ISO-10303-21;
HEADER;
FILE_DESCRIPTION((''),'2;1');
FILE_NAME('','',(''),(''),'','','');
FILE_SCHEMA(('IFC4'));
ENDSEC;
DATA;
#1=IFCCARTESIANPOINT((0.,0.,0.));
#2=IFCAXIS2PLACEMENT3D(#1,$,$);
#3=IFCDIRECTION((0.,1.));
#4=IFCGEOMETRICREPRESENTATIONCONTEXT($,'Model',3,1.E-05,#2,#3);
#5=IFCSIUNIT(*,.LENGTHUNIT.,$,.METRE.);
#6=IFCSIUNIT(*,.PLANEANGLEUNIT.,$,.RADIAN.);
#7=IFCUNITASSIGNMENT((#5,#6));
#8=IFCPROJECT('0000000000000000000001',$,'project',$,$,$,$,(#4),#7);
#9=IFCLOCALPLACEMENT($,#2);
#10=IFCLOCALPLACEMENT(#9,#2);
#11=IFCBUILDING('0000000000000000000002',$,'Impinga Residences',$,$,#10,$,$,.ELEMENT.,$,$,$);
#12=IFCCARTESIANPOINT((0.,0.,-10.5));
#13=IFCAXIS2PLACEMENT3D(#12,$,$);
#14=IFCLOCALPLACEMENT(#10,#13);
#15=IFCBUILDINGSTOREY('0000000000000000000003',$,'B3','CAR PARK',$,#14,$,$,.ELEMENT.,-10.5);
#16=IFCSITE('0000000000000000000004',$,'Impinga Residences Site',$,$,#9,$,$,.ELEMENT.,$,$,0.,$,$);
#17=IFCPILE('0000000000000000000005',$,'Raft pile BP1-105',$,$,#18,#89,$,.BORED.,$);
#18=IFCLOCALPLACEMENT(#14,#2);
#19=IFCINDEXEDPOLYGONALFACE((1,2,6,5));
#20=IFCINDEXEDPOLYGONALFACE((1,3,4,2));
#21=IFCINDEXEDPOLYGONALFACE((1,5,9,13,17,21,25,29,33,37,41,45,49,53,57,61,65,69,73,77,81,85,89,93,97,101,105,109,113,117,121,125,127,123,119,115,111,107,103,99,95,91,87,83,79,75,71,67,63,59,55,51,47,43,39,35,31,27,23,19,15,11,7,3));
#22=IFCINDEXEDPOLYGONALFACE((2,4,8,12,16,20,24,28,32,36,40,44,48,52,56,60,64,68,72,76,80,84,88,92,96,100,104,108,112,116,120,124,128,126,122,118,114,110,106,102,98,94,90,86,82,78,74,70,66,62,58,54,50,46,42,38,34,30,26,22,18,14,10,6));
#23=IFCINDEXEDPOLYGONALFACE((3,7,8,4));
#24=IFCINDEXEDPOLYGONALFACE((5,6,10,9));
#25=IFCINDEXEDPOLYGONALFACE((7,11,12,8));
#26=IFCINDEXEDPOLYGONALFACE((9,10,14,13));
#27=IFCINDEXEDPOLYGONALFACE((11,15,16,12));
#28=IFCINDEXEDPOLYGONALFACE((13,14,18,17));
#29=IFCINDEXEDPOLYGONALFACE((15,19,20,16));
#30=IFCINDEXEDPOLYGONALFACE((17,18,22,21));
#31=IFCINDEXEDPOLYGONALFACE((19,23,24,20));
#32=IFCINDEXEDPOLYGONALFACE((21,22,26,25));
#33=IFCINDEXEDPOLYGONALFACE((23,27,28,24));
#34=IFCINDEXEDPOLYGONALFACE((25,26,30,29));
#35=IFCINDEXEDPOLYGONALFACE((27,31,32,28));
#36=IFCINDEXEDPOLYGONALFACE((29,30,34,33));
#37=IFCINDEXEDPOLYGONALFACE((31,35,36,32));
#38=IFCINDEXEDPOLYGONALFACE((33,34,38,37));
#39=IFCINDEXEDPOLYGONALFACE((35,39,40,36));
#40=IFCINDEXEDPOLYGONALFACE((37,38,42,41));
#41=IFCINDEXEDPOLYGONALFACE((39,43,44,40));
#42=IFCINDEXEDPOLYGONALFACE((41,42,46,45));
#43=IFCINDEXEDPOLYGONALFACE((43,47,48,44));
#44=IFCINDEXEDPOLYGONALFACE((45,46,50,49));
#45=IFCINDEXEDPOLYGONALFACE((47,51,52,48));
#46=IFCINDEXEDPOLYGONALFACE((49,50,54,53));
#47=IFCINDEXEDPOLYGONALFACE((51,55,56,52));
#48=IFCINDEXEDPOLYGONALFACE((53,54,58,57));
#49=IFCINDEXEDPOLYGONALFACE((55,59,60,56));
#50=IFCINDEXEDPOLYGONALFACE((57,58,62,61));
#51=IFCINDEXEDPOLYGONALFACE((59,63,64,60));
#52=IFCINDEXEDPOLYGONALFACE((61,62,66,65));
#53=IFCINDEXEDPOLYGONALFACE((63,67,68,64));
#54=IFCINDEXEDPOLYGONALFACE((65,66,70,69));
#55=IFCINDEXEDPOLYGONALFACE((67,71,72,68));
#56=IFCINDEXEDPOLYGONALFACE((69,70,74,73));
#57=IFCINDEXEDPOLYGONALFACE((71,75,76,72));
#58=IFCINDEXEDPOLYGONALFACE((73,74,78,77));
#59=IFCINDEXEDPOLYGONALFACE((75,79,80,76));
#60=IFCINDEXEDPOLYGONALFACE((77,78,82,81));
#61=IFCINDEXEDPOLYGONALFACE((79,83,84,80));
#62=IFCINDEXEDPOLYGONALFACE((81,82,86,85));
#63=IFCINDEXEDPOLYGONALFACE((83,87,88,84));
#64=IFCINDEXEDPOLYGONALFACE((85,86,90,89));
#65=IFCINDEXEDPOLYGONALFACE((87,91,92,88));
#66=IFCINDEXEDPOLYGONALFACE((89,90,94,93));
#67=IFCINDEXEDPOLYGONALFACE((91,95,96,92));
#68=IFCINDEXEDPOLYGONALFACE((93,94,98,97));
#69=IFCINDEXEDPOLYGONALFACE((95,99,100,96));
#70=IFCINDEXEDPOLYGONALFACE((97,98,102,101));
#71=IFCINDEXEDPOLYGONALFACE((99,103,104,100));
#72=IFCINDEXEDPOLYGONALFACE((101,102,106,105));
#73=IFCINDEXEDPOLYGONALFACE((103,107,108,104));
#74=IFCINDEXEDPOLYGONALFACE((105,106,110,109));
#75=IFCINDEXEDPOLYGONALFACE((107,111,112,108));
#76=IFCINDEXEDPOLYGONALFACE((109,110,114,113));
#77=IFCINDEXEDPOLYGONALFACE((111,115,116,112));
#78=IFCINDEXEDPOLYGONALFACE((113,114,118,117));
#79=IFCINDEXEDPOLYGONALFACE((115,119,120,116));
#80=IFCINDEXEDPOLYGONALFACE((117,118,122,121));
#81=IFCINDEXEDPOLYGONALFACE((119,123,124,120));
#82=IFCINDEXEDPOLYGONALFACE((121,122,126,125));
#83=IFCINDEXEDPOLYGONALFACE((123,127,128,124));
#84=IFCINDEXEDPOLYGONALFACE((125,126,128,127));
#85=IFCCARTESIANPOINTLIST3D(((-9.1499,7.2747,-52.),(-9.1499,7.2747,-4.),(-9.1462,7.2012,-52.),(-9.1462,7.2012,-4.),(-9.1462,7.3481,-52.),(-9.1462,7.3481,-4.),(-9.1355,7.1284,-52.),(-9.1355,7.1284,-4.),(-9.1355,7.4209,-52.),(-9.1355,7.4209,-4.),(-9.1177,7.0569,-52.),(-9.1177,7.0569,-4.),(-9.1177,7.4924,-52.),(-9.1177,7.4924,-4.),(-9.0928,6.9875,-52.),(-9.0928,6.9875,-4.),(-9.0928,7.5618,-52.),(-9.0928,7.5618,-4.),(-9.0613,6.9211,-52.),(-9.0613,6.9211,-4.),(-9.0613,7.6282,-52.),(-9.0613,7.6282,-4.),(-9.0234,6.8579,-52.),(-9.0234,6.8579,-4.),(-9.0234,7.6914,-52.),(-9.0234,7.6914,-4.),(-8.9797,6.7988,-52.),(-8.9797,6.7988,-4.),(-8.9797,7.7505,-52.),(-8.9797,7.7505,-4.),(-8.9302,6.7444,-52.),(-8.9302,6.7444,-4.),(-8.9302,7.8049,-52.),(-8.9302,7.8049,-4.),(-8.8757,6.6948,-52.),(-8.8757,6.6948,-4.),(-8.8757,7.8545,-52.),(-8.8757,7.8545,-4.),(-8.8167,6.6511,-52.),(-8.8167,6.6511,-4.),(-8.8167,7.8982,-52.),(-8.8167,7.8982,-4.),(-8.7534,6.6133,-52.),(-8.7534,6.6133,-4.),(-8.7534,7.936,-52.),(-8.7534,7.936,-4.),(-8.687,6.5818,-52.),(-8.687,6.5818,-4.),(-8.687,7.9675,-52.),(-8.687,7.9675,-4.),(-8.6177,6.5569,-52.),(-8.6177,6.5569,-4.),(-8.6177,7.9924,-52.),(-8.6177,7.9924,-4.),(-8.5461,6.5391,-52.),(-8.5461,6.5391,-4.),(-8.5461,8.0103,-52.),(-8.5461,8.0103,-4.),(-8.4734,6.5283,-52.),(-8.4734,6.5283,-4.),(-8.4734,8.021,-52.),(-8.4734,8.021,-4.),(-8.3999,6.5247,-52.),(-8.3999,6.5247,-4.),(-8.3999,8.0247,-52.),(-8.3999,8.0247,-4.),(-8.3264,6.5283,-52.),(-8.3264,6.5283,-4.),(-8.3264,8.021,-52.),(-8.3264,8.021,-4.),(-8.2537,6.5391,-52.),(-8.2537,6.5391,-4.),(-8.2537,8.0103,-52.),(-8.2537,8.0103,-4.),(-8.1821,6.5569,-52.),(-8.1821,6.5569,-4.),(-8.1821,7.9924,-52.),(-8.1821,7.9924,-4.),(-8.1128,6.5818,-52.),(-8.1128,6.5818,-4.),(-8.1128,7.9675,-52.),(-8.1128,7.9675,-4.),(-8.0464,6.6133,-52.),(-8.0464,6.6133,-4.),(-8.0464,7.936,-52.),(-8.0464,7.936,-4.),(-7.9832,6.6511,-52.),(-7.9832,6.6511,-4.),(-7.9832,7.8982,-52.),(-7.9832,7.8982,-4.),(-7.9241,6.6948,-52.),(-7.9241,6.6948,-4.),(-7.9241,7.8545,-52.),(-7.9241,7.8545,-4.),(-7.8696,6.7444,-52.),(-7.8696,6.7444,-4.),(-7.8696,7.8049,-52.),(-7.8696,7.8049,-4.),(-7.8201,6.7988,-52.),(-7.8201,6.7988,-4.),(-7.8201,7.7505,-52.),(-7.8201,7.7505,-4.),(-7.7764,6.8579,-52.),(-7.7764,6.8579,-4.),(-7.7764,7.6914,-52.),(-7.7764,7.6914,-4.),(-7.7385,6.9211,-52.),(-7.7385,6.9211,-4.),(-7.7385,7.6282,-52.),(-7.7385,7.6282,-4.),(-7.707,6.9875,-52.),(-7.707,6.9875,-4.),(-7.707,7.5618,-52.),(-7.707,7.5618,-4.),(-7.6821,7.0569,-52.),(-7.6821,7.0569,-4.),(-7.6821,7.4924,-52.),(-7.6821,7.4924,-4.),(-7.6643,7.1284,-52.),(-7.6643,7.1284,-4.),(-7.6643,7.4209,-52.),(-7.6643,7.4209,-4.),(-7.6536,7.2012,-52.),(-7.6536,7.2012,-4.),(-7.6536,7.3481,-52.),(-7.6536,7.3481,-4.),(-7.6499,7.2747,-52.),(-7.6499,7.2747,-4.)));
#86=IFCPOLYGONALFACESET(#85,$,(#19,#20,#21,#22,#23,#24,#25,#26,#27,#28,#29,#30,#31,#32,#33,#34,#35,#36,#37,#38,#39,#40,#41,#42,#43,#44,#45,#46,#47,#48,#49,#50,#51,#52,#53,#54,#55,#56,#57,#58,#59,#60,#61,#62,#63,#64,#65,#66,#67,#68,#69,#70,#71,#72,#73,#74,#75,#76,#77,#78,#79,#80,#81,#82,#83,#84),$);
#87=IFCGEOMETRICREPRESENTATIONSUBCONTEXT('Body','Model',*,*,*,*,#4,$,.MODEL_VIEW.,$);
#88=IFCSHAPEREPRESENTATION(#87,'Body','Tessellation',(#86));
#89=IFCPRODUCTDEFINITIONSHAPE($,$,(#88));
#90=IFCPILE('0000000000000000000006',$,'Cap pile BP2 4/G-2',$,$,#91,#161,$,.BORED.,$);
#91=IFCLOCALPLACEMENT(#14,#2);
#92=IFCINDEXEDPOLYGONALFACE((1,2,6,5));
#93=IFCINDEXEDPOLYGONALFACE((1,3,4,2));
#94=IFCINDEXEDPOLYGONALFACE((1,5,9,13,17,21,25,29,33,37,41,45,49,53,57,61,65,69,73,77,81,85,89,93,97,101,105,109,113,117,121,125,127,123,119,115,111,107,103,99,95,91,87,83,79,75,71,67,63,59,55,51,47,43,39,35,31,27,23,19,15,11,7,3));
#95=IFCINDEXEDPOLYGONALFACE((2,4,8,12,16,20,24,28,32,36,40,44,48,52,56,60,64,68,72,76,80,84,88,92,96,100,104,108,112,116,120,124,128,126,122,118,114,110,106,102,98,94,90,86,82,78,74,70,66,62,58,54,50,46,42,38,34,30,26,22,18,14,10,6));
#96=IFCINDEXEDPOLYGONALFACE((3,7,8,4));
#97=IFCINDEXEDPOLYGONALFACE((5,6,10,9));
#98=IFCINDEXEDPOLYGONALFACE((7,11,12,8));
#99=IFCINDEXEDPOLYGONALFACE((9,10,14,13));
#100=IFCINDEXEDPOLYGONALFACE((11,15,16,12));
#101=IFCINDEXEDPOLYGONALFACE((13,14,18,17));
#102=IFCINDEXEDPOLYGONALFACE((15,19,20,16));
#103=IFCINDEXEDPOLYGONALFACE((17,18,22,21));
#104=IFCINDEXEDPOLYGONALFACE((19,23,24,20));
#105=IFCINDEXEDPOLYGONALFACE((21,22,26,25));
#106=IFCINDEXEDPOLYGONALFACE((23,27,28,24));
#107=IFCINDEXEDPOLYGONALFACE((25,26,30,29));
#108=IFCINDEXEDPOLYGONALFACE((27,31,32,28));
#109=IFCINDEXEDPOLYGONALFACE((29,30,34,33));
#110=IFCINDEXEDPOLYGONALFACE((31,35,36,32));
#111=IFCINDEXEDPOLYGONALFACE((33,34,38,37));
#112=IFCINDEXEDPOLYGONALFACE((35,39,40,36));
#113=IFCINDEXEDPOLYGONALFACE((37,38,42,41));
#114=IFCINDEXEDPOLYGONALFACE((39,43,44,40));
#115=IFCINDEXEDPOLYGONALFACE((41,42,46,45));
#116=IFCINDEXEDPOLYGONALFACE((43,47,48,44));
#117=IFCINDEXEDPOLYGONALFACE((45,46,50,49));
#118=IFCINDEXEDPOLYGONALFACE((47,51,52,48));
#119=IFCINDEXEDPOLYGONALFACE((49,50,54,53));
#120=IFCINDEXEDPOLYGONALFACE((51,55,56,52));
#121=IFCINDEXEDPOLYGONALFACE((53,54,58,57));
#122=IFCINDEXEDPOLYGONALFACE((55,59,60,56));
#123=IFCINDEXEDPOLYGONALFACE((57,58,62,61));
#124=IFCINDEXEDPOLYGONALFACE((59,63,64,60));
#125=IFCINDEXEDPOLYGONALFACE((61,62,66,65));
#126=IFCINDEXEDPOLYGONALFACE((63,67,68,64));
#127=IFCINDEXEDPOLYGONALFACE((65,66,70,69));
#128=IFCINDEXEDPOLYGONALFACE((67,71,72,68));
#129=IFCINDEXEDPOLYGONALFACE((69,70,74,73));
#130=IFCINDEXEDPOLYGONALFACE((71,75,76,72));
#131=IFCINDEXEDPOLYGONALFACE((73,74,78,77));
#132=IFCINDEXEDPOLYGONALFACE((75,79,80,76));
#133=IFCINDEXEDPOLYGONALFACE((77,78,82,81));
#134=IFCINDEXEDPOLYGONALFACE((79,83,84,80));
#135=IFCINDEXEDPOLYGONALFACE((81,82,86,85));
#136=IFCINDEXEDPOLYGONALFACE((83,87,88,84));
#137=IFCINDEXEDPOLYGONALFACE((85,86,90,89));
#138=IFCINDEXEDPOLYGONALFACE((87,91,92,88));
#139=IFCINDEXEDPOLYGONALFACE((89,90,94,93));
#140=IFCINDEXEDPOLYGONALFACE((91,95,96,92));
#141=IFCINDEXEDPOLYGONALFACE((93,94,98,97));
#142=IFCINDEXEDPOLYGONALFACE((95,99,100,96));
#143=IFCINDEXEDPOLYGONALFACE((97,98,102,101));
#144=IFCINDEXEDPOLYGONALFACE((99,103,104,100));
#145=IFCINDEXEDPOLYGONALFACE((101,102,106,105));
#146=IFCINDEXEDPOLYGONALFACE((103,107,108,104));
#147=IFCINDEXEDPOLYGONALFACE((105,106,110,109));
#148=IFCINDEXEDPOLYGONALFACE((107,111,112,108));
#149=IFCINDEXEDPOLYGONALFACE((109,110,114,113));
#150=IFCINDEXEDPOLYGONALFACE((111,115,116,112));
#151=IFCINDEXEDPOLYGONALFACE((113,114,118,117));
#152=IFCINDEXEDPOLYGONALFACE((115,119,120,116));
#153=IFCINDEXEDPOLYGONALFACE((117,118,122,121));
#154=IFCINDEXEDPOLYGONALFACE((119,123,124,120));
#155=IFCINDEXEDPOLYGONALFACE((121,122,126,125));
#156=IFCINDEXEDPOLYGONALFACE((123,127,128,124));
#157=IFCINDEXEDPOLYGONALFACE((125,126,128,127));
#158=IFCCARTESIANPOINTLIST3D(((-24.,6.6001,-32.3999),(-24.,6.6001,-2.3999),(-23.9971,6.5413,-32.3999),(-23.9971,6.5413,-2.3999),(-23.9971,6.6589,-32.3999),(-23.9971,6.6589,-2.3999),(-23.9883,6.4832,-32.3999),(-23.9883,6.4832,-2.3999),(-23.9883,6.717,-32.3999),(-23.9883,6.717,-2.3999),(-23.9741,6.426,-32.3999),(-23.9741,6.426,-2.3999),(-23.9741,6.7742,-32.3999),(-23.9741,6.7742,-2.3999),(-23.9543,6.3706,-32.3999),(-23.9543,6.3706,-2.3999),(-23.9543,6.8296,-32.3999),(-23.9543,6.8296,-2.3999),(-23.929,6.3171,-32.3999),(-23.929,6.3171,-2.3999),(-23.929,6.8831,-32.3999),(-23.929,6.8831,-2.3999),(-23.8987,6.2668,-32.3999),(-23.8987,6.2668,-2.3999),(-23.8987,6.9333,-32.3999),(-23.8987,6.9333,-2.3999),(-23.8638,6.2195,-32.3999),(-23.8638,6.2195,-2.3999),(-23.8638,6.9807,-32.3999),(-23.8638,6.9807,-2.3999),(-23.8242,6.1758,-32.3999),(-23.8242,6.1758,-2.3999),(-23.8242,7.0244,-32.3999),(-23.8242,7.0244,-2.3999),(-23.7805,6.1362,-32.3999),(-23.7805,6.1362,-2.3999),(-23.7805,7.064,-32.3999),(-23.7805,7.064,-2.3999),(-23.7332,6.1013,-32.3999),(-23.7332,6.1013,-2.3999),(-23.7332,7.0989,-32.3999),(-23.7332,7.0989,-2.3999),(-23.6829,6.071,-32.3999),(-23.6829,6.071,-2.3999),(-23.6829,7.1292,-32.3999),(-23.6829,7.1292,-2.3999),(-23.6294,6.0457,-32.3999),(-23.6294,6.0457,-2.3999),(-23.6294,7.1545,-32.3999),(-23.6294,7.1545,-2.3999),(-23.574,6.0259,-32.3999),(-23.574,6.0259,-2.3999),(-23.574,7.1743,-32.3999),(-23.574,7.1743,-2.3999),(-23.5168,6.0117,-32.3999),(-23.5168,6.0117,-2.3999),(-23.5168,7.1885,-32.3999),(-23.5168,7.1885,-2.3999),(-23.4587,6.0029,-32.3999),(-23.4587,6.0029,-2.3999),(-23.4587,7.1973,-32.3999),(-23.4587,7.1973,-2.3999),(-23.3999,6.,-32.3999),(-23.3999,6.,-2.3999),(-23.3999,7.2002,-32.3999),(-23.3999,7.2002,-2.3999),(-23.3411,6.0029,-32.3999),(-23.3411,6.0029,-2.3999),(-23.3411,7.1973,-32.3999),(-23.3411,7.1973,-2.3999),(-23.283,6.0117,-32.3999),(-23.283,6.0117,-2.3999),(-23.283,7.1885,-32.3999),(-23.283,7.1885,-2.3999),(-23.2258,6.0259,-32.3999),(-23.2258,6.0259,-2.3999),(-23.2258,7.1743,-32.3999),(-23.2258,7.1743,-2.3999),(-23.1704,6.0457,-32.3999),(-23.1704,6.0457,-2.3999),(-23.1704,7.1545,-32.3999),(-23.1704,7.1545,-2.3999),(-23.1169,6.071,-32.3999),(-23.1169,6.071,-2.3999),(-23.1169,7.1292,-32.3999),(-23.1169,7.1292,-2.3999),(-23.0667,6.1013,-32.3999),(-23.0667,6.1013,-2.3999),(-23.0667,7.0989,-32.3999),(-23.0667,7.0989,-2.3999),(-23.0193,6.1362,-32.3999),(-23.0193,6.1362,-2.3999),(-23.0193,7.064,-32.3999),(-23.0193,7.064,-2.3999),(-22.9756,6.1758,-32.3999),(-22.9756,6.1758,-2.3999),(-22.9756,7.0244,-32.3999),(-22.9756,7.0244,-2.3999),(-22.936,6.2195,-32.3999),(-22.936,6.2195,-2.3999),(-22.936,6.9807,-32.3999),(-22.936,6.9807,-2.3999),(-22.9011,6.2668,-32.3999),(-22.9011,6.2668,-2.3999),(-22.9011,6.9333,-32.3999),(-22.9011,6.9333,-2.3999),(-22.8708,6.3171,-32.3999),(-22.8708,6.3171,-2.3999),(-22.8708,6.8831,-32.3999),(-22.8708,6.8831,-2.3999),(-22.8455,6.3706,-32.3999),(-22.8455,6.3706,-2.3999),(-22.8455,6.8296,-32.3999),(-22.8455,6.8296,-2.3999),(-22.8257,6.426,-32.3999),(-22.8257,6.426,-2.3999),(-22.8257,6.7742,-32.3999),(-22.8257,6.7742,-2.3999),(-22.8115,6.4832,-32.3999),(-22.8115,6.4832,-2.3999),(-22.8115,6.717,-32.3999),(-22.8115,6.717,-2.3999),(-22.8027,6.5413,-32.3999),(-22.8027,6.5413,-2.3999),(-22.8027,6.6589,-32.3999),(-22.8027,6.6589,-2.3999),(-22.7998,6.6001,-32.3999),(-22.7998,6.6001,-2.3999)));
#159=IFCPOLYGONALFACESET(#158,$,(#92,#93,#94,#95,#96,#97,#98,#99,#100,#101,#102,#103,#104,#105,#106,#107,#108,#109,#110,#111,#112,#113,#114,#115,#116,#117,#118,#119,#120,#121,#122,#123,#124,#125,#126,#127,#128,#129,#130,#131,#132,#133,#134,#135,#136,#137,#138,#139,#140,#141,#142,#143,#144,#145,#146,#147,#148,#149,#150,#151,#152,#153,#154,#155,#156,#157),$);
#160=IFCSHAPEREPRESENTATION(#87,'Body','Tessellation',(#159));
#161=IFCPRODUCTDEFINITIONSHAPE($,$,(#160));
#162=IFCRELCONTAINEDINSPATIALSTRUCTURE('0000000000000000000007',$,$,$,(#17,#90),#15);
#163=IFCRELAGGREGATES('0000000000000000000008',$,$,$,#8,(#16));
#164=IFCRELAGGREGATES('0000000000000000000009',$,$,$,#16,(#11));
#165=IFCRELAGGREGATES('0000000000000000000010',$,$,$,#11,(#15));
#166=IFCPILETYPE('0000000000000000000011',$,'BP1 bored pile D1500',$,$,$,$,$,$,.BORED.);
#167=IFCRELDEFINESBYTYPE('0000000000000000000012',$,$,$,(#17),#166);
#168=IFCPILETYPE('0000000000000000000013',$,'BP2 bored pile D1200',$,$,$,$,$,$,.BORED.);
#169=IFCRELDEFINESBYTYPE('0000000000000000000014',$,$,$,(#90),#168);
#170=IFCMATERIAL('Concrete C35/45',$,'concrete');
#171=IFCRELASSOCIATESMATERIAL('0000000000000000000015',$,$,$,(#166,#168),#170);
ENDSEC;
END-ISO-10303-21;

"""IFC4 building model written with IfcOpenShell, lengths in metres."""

from ifc_helpers import new_model, si_unit, direction, frame, origin, origin_2d, place, context, subcontext, project, spatial, polyline, circle, outline, extrude, material, material_profile, profile_set, type_object, element, save


model = new_model("IFC4")

# Units and contexts
model_context = context("Model", 3, precision=1e-05, world=origin(), true_north=direction((0.0, 1.0)))
body_context = subcontext(model_context, "Body", "Model", "MODEL_VIEW")
ifc_project = project(units=[si_unit("LENGTHUNIT", "METRE"), si_unit("PLANEANGLEUNIT", "RADIAN")], contexts=[model_context])

# Site, building, storey
site_placement = place(None, origin())
site = spatial("IfcSite", under=ifc_project, at=site_placement, Name="Impinga Residences Site", CompositionType="ELEMENT", RefElevation=0.0)
building_placement = place(site_placement, origin())
building = spatial("IfcBuilding", under=site, at=building_placement, Name="Impinga Residences", CompositionType="ELEMENT")
storey_placement = place(building_placement, frame((0.0, 0.0, -10.5)))
storey = spatial("IfcBuildingStorey", under=building, at=storey_placement, Name="B3", Description="CAR PARK", CompositionType="ELEMENT", Elevation=-10.5)

# Piles
ifc_material_1 = material(Name="Concrete C35/45", Category="concrete")
ifc_material_profile_1 = material_profile(ifc_material_1, circle(Radius=0.75, at=origin_2d()), Name="D1500")
ifc_profile_set_1 = profile_set([ifc_material_profile_1], Name="Concrete C35/45")
pile_type_1 = type_object("IfcPileType", Name="BP1 bored pile D1500", PredefinedType="BORED", material=ifc_profile_set_1)
pile_1_placement = place(storey_placement, frame((-8.3999, 7.2747, -4.0), z_axis=(0.0, 0.0, -1.0), x_axis=(1.0, 0.0, 0.0)))
element("IfcPile", 1, at=pile_1_placement, inside=storey, type_object=pile_type_1, Name="Raft pile BP1-105", PredefinedType="BORED", context=body_context, shape_type="SweptSolid", body=[
    extrude(outline(polyline([(0.75, 0.0), (0.7463, 0.0735), (0.7356, 0.1462), (0.7178, 0.2178), (0.6929, 0.2871), (0.6614, 0.3535), (0.6235, 0.4167), (0.5798, 0.4758), (0.5303, 0.5303), (0.4758, 0.5798), (0.4167, 0.6235), (0.3535, 0.6614), (0.2871, 0.6929), (0.2178, 0.7178), (0.1462, 0.7356), (0.0735, 0.7463), (0.0, 0.75), (-0.0735, 0.7463), (-0.1462, 0.7356), (-0.2178, 0.7178), (-0.2871, 0.6929), (-0.3535, 0.6614), (-0.4167, 0.6235), (-0.4758, 0.5798), (-0.5303, 0.5303), (-0.5798, 0.4758), (-0.6235, 0.4167), (-0.6614, 0.3535), (-0.6929, 0.2871), (-0.7178, 0.2178), (-0.7356, 0.1462), (-0.7463, 0.0735), (-0.75, 0.0), (-0.7463, -0.0735), (-0.7356, -0.1462), (-0.7178, -0.2178), (-0.6929, -0.2871), (-0.6614, -0.3535), (-0.6235, -0.4167), (-0.5798, -0.4758), (-0.5303, -0.5303), (-0.4758, -0.5798), (-0.4167, -0.6235), (-0.3535, -0.6614), (-0.2871, -0.6929), (-0.2178, -0.7178), (-0.1462, -0.7356), (-0.0735, -0.7463), (0.0, -0.75), (0.0735, -0.7463), (0.1462, -0.7356), (0.2178, -0.7178), (0.2871, -0.6929), (0.3535, -0.6614), (0.4167, -0.6235), (0.4758, -0.5798), (0.5303, -0.5303), (0.5798, -0.4758), (0.6235, -0.4167), (0.6614, -0.3535), (0.6929, -0.2871), (0.7178, -0.2178), (0.7356, -0.1462), (0.7463, -0.0735), (0.75, 0.0)])), origin(), (0.0, 0.0, 1.0), 48.0),
])
ifc_material_profile_2 = material_profile(ifc_material_1, circle(Radius=0.6001, at=origin_2d()), Name="D1200")
ifc_profile_set_2 = profile_set([ifc_material_profile_2], Name="Concrete C35/45")
pile_type_2 = type_object("IfcPileType", Name="BP2 bored pile D1200", PredefinedType="BORED", material=ifc_profile_set_2)
pile_2_placement = place(storey_placement, frame((-23.3999, 6.6001, -2.3999), z_axis=(0.0, 0.0, -1.0), x_axis=(1.0, 0.0, 0.0)))
element("IfcPile", 2, at=pile_2_placement, inside=storey, type_object=pile_type_2, Name="Cap pile BP2 4/G-2", PredefinedType="BORED", context=body_context, shape_type="SweptSolid", body=[
    extrude(outline(polyline([(0.6001, 0.0), (0.5972, 0.0588), (0.5884, 0.1169), (0.5742, 0.1741), (0.5544, 0.2295), (0.5291, 0.283), (0.4988, 0.3333), (0.4639, 0.3806), (0.4243, 0.4243), (0.3806, 0.4639), (0.3333, 0.4988), (0.283, 0.5291), (0.2295, 0.5544), (0.1741, 0.5742), (0.1169, 0.5884), (0.0588, 0.5972), (0.0, 0.6001), (-0.0588, 0.5972), (-0.1169, 0.5884), (-0.1741, 0.5742), (-0.2295, 0.5544), (-0.283, 0.5291), (-0.3333, 0.4988), (-0.3806, 0.4639), (-0.4243, 0.4243), (-0.4639, 0.3806), (-0.4988, 0.3333), (-0.5291, 0.283), (-0.5544, 0.2295), (-0.5742, 0.1741), (-0.5884, 0.1169), (-0.5972, 0.0588), (-0.6001, 0.0), (-0.5972, -0.0588), (-0.5884, -0.1169), (-0.5742, -0.1741), (-0.5544, -0.2295), (-0.5291, -0.283), (-0.4988, -0.3333), (-0.4639, -0.3806), (-0.4243, -0.4243), (-0.3806, -0.4639), (-0.3333, -0.4988), (-0.283, -0.5291), (-0.2295, -0.5544), (-0.1741, -0.5742), (-0.1169, -0.5884), (-0.0588, -0.5972), (0.0, -0.6001), (0.0588, -0.5972), (0.1169, -0.5884), (0.1741, -0.5742), (0.2295, -0.5544), (0.283, -0.5291), (0.3333, -0.4988), (0.3806, -0.4639), (0.4243, -0.4243), (0.4639, -0.3806), (0.4988, -0.3333), (0.5291, -0.283), (0.5544, -0.2295), (0.5742, -0.1741), (0.5884, -0.1169), (0.5972, -0.0588), (0.6001, 0.0)])), origin(), (0.0, 0.0, 1.0), 30.0),
])

save(model, "model.ifc")
